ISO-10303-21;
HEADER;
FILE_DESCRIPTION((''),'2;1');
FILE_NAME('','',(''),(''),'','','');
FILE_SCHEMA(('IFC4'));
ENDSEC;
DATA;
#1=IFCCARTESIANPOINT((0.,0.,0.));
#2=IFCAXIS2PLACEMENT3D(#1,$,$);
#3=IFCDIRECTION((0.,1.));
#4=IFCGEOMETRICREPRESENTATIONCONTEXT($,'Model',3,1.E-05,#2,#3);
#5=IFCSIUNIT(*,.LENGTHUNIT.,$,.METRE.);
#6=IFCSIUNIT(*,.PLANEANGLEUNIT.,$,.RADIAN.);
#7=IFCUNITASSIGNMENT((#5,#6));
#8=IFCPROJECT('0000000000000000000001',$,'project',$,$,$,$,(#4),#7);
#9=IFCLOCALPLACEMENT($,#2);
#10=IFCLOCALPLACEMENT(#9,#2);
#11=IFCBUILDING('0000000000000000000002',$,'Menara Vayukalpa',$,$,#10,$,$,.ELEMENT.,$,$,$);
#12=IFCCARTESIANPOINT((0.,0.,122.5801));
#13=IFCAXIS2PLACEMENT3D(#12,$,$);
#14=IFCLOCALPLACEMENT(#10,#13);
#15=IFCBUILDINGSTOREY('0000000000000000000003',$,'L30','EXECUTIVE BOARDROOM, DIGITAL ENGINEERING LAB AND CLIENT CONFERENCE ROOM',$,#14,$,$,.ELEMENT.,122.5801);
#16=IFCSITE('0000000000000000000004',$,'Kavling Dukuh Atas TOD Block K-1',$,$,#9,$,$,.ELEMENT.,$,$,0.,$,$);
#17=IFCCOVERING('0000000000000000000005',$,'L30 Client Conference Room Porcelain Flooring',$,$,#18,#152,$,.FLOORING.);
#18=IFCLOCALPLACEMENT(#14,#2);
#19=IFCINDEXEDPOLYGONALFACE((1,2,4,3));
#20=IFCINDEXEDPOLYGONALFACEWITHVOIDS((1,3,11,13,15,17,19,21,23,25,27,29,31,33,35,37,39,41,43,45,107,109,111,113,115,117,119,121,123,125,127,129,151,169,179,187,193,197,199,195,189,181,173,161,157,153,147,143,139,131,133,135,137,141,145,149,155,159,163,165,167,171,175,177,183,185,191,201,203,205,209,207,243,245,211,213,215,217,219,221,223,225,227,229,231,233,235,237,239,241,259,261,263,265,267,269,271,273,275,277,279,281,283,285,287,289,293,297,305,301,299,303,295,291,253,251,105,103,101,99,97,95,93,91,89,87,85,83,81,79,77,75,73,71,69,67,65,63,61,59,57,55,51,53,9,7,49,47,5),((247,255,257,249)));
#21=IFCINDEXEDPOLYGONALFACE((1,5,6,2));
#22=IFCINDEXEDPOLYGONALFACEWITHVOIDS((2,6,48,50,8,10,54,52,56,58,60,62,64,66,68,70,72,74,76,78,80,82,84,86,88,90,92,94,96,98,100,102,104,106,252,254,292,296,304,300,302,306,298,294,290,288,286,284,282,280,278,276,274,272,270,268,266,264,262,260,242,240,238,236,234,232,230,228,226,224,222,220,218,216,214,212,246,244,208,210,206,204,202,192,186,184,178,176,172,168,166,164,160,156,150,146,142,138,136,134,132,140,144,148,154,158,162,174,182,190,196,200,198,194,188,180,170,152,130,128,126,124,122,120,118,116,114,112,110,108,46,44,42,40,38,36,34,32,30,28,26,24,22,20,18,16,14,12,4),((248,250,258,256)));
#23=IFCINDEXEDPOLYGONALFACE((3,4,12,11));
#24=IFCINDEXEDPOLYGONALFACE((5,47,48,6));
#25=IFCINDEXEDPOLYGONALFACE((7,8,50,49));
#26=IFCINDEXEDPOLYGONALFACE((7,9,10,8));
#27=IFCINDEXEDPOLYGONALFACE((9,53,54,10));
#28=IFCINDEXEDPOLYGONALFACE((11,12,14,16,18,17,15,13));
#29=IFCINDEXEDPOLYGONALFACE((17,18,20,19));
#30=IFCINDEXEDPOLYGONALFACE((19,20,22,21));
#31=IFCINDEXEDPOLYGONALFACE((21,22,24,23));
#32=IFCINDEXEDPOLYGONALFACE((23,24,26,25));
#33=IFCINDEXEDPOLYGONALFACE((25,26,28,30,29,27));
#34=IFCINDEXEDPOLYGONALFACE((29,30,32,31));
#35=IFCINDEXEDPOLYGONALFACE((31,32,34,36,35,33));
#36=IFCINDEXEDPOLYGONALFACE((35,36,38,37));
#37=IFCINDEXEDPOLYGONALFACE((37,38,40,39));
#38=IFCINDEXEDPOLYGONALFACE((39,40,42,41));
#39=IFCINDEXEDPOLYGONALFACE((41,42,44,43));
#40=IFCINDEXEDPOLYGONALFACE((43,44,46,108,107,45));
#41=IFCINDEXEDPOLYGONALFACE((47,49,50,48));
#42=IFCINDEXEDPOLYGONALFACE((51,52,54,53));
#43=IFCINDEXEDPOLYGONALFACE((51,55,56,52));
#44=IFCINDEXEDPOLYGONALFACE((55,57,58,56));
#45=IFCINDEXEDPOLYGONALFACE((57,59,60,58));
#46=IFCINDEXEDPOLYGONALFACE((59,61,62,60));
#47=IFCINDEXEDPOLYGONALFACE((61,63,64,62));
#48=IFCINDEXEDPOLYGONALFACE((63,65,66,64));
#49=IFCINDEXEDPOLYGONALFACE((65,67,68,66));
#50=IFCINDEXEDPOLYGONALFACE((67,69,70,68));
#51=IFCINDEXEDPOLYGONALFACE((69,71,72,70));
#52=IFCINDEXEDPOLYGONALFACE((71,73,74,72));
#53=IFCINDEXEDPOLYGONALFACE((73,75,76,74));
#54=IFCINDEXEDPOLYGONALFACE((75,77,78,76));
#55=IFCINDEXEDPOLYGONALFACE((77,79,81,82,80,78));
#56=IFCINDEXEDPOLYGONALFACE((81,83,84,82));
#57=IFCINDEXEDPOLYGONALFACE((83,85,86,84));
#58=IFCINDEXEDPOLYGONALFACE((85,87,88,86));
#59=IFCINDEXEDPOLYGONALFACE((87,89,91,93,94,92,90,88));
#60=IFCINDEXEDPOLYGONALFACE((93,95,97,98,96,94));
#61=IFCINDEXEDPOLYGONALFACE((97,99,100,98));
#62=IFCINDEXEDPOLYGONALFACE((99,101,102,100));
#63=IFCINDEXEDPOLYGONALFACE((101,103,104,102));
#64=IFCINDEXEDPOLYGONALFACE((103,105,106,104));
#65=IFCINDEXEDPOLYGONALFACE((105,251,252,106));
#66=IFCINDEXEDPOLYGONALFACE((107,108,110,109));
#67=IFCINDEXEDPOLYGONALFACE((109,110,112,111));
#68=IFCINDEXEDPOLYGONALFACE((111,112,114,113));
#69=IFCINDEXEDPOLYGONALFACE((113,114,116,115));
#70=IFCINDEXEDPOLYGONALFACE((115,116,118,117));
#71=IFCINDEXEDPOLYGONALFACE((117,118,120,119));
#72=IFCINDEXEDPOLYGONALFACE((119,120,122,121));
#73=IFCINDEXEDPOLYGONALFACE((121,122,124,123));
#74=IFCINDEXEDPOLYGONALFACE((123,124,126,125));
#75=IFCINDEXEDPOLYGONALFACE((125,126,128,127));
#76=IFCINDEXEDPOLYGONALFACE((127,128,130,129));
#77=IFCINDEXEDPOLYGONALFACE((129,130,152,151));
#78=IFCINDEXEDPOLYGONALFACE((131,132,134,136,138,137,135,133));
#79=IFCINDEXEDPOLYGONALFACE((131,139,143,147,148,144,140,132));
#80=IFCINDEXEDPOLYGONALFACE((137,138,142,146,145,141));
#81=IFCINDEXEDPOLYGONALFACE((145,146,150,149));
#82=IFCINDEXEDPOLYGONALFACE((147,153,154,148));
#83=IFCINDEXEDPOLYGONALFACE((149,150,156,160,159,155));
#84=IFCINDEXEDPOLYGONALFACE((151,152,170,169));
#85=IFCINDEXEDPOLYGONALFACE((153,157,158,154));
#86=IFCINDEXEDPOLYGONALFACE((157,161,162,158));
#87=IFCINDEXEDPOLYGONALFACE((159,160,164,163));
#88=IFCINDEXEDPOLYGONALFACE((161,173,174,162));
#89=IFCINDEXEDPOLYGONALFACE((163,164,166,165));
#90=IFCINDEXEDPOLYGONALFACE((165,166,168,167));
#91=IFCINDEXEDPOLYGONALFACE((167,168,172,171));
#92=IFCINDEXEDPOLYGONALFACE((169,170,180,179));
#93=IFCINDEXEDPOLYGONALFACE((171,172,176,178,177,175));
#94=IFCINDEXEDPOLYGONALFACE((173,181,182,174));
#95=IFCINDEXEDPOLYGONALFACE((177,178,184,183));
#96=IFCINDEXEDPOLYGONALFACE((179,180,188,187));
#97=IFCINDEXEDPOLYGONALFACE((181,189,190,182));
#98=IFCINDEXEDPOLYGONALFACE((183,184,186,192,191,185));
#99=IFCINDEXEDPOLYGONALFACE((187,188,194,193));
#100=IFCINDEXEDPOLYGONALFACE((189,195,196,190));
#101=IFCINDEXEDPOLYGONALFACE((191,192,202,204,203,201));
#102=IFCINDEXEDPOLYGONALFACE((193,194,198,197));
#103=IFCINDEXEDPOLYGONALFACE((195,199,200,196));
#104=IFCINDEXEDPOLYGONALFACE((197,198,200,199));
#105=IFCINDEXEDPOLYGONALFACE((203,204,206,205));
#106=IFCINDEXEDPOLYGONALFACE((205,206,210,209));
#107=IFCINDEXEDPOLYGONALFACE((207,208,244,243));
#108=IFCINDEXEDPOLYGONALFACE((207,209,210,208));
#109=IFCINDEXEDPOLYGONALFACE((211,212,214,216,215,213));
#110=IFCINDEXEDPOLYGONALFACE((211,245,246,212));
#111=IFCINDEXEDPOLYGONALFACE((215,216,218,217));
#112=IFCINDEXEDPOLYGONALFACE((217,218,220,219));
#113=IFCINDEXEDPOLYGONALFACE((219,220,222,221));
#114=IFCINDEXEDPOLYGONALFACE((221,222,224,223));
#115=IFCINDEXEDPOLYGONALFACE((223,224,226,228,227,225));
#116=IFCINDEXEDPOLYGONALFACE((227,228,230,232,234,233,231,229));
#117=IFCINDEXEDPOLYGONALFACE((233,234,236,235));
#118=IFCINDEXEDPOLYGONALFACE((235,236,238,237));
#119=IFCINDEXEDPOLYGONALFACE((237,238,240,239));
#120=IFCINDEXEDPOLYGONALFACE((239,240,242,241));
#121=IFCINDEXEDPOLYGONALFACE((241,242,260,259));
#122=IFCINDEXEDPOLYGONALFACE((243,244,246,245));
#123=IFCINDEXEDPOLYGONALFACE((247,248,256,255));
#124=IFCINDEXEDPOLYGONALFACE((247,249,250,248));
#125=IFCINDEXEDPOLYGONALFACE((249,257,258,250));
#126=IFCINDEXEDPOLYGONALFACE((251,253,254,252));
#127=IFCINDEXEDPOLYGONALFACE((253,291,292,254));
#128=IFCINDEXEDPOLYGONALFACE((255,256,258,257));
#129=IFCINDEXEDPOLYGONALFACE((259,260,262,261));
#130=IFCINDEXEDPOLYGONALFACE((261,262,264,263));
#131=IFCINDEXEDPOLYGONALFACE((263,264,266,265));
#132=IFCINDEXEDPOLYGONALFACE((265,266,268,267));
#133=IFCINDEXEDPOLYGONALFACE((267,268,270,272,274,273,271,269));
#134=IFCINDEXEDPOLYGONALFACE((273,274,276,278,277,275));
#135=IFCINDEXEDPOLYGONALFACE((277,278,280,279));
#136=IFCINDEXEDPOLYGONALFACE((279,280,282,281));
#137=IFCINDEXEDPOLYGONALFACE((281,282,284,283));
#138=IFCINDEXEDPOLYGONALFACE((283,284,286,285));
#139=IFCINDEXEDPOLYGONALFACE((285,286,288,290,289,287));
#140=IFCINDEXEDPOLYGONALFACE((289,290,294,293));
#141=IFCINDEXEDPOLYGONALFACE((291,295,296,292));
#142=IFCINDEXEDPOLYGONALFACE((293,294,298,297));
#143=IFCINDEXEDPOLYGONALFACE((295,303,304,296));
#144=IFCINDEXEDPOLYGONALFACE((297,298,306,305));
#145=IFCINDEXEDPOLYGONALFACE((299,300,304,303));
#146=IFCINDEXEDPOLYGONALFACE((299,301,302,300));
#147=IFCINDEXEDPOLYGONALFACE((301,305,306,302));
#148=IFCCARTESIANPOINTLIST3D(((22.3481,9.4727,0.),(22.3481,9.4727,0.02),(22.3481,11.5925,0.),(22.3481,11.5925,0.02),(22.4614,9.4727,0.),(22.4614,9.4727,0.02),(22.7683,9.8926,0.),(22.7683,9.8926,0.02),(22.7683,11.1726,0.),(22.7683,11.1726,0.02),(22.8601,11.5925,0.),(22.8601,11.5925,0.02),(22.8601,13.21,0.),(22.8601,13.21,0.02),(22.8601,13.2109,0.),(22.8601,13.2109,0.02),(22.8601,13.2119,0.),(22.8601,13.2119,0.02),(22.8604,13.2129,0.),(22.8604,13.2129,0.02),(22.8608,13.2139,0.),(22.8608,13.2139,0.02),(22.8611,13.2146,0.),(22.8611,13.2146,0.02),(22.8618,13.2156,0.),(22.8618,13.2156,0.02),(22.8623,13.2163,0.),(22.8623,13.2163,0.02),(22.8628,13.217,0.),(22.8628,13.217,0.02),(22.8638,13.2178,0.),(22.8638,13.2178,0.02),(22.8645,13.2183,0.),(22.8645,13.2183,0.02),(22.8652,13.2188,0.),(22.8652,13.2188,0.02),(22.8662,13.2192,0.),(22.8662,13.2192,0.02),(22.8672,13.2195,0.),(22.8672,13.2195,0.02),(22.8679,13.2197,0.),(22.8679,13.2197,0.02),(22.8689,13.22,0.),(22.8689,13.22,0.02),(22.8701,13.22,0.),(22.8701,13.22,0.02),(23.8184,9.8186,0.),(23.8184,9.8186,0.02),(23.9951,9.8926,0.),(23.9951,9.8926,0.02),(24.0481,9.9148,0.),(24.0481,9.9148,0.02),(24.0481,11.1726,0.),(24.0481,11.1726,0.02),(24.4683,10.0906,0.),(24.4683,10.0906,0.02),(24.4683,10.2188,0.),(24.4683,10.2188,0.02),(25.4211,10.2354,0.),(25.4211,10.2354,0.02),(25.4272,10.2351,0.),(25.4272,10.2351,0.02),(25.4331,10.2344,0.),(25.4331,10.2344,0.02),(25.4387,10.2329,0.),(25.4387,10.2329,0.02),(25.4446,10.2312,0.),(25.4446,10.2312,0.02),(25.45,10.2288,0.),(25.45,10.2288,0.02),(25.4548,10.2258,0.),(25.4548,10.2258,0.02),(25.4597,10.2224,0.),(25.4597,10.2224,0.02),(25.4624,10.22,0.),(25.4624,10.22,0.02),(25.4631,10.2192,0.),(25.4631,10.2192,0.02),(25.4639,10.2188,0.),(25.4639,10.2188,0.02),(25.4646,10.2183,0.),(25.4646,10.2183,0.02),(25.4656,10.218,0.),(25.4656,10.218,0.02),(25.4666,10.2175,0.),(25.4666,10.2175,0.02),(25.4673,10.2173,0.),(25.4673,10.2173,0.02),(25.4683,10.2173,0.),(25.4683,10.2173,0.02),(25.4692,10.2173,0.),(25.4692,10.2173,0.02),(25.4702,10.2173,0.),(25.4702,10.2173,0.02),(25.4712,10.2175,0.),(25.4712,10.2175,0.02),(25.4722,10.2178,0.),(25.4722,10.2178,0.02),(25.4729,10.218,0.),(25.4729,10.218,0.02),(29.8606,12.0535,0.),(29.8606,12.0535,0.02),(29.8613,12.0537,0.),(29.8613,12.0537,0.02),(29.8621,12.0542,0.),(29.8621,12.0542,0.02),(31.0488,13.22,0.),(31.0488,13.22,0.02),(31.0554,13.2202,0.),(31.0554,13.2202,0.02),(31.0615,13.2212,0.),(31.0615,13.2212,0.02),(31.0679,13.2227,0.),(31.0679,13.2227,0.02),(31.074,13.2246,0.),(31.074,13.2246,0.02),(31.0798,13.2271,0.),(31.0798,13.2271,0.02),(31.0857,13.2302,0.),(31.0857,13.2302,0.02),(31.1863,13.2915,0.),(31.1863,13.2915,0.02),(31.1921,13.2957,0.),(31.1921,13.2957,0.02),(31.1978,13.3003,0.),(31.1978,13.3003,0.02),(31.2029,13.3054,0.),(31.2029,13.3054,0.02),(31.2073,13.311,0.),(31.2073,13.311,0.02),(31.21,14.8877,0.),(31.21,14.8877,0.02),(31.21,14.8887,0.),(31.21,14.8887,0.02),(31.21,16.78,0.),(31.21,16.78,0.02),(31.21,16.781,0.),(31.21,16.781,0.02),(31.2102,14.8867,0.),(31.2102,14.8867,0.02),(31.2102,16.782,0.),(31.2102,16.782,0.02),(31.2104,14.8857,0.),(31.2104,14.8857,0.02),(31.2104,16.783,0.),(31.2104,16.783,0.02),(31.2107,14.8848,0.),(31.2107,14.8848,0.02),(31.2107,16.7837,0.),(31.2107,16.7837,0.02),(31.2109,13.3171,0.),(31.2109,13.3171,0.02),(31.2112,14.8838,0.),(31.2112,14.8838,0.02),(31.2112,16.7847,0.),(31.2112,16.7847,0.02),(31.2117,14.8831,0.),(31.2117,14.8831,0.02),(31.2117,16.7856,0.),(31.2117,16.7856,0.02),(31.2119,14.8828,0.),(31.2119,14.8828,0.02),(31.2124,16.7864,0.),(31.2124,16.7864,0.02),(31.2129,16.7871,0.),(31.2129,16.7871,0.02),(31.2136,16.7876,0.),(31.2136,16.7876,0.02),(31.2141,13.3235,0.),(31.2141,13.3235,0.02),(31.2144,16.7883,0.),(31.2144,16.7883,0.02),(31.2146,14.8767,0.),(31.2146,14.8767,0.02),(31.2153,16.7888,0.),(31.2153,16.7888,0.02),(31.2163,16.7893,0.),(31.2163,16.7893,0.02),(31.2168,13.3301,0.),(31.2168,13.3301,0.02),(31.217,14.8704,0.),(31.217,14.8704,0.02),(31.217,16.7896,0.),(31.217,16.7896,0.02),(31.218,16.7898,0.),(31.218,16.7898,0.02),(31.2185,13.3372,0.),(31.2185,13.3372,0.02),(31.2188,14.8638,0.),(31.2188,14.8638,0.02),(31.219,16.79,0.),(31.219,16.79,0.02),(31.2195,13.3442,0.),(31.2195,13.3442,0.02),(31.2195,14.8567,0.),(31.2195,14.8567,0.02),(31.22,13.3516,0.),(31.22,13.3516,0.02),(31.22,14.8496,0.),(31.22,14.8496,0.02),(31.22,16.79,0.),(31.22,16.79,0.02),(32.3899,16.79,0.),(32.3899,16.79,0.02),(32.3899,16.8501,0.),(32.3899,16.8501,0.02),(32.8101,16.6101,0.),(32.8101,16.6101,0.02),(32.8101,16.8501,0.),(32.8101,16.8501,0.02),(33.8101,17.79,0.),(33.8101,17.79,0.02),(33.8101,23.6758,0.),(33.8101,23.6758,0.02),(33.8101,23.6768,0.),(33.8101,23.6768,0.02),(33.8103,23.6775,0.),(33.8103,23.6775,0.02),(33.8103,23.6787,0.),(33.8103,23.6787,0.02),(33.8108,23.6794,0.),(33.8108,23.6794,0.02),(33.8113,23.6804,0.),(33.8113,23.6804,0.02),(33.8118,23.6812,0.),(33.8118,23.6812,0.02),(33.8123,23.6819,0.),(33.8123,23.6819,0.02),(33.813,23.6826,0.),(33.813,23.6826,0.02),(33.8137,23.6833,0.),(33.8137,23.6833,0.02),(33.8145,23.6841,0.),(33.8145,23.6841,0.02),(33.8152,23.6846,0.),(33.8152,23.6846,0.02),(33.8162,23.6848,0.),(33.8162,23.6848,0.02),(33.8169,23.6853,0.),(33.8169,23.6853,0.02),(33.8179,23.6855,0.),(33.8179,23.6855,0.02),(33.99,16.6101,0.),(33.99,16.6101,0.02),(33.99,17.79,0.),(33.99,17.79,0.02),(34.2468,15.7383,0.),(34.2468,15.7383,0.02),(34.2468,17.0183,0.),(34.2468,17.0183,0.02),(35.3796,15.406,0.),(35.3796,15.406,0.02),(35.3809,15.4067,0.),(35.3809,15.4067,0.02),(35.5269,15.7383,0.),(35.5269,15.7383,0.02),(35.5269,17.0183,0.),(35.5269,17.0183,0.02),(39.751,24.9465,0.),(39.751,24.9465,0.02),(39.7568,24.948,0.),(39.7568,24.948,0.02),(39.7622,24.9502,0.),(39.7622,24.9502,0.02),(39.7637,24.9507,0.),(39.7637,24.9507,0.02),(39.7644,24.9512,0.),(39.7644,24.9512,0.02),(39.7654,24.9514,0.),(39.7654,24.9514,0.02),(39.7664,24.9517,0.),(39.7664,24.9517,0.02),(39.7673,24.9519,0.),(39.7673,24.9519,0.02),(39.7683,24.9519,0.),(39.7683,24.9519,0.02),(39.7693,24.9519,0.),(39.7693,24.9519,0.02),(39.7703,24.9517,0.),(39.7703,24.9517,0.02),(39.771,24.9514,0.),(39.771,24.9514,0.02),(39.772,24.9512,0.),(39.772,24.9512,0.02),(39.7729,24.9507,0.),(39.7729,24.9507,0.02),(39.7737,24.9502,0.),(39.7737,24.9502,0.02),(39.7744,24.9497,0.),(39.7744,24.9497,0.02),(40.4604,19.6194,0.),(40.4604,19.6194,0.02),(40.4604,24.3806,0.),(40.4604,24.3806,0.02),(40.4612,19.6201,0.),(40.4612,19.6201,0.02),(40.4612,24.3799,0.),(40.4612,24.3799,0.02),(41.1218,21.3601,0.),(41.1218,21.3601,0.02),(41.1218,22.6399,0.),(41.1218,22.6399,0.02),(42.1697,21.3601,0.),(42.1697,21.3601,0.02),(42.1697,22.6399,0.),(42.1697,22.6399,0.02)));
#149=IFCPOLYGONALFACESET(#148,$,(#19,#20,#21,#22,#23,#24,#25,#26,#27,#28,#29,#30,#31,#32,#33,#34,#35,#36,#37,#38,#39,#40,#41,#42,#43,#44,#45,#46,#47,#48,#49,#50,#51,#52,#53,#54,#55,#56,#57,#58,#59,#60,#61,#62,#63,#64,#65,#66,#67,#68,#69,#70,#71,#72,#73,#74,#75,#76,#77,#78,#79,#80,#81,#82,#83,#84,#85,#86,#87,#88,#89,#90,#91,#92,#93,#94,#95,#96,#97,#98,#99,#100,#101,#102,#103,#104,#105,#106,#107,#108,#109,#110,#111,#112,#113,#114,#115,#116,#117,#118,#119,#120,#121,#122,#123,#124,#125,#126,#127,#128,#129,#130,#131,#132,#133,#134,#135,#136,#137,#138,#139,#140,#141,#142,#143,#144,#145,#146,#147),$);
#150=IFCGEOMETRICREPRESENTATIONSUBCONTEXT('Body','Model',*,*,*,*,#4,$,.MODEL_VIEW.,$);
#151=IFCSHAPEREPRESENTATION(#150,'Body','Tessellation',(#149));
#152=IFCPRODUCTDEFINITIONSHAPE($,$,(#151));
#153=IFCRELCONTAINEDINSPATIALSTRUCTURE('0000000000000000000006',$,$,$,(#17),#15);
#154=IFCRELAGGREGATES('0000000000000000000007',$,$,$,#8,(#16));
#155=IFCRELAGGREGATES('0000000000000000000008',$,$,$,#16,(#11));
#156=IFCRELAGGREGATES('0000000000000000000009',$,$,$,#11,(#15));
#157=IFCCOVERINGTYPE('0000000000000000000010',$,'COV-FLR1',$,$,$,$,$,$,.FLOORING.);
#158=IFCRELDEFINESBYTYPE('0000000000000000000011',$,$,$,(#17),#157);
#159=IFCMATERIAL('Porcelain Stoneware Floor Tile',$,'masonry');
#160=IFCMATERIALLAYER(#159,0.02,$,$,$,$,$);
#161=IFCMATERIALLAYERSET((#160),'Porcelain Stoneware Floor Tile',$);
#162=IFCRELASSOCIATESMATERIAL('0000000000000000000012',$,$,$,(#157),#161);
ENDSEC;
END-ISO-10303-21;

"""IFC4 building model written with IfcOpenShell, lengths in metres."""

from ifc_helpers import new_model, si_unit, direction, frame, origin, place, context, subcontext, project, spatial, polyline, outline, extrude, material, layer, layer_set, type_object, element, save


model = new_model("IFC4")

# Units and contexts
model_context = context("Model", 3, precision=1e-05, world=origin(), true_north=direction((0.0, 1.0)))
body_context = subcontext(model_context, "Body", "Model", "MODEL_VIEW")
ifc_project = project(units=[si_unit("LENGTHUNIT", "METRE"), si_unit("PLANEANGLEUNIT", "RADIAN")], contexts=[model_context])

# Site, building, storey
site_placement = place(None, origin())
site = spatial("IfcSite", under=ifc_project, at=site_placement, Name="Kavling Dukuh Atas TOD Block K-1", CompositionType="ELEMENT", RefElevation=0.0)
building_placement = place(site_placement, origin())
building = spatial("IfcBuilding", under=site, at=building_placement, Name="Menara Vayukalpa", CompositionType="ELEMENT")
storey_placement = place(building_placement, frame((0.0, 0.0, 122.5801)))
storey = spatial("IfcBuildingStorey", under=building, at=storey_placement, Name="L30", Description="EXECUTIVE BOARDROOM, DIGITAL ENGINEERING LAB AND CLIENT CONFERENCE ROOM", CompositionType="ELEMENT", Elevation=122.5801)

# Covering
ifc_material_1 = material(Name="Porcelain Stoneware Floor Tile", Category="masonry")
ifc_layer_1 = layer(ifc_material_1, 0.02)
ifc_layer_set_1 = layer_set([ifc_layer_1], Name="Porcelain Stoneware Floor Tile")
covering_type_1 = type_object("IfcCoveringType", Name="COV-FLR1", PredefinedType="FLOORING", material=ifc_layer_set_1)
covering_1_placement = place(storey_placement, origin())
element("IfcCovering", 1, at=covering_1_placement, inside=storey, type_object=covering_type_1, Name="L30 Client Conference Room Porcelain Flooring", PredefinedType="FLOORING", context=body_context, shape_type="SweptSolid", body=[
    extrude(outline(polyline([(22.8601, 13.21), (22.8601, 13.2109), (22.8601, 13.2119), (22.8604, 13.2129), (22.8608, 13.2139), (22.8611, 13.2146), (22.8618, 13.2156), (22.8623, 13.2163), (22.8628, 13.217), (22.8638, 13.2178), (22.8645, 13.2183), (22.8652, 13.2188), (22.8662, 13.2192), (22.8672, 13.2195), (22.8679, 13.2197), (22.8689, 13.22), (22.8701, 13.22), (31.0488, 13.22), (31.0554, 13.2202), (31.0615, 13.2212), (31.0679, 13.2227), (31.074, 13.2246), (31.0798, 13.2271), (31.0857, 13.2302), (31.1863, 13.2915), (31.1921, 13.2957), (31.1978, 13.3003), (31.2029, 13.3054), (31.2073, 13.311), (31.2109, 13.3171), (31.2141, 13.3235), (31.2168, 13.3301), (31.2185, 13.3372), (31.2195, 13.3442), (31.22, 13.3516), (31.22, 14.8496), (31.2195, 14.8567), (31.2188, 14.8638), (31.217, 14.8704), (31.2146, 14.8767), (31.2119, 14.8828), (31.2117, 14.8831), (31.2112, 14.8838), (31.2107, 14.8848), (31.2104, 14.8857), (31.2102, 14.8867), (31.21, 14.8877), (31.21, 14.8887), (31.21, 16.78), (31.21, 16.781), (31.2102, 16.782), (31.2104, 16.783), (31.2107, 16.7837), (31.2112, 16.7847), (31.2117, 16.7856), (31.2124, 16.7864), (31.2129, 16.7871), (31.2136, 16.7876), (31.2144, 16.7883), (31.2153, 16.7888), (31.2163, 16.7893), (31.217, 16.7896), (31.218, 16.7898), (31.219, 16.79), (31.22, 16.79), (32.3899, 16.79), (32.3899, 16.8501), (32.8101, 16.8501), (32.8101, 16.6101), (33.99, 16.6101), (33.99, 17.79), (33.8101, 17.79), (33.8101, 23.6758), (33.8101, 23.6768), (33.8103, 23.6775), (33.8103, 23.6787), (33.8108, 23.6794), (33.8113, 23.6804), (33.8118, 23.6812), (33.8123, 23.6819), (33.813, 23.6826), (33.8137, 23.6833), (33.8145, 23.6841), (33.8152, 23.6846), (33.8162, 23.6848), (33.8169, 23.6853), (33.8179, 23.6855), (39.751, 24.9465), (39.7568, 24.948), (39.7622, 24.9502), (39.7637, 24.9507), (39.7644, 24.9512), (39.7654, 24.9514), (39.7664, 24.9517), (39.7673, 24.9519), (39.7683, 24.9519), (39.7693, 24.9519), (39.7703, 24.9517), (39.771, 24.9514), (39.772, 24.9512), (39.7729, 24.9507), (39.7737, 24.9502), (39.7744, 24.9497), (40.4604, 24.3806), (40.4612, 24.3799), (42.1697, 22.6399), (41.1218, 22.6399), (41.1218, 21.3601), (42.1697, 21.3601), (40.4612, 19.6201), (40.4604, 19.6194), (35.3809, 15.4067), (35.3796, 15.406), (29.8621, 12.0542), (29.8613, 12.0537), (29.8606, 12.0535), (25.4729, 10.218), (25.4722, 10.2178), (25.4712, 10.2175), (25.4702, 10.2173), (25.4692, 10.2173), (25.4683, 10.2173), (25.4673, 10.2173), (25.4666, 10.2175), (25.4656, 10.218), (25.4646, 10.2183), (25.4639, 10.2188), (25.4631, 10.2192), (25.4624, 10.22), (25.4597, 10.2224), (25.4548, 10.2258), (25.45, 10.2288), (25.4446, 10.2312), (25.4387, 10.2329), (25.4331, 10.2344), (25.4272, 10.2351), (25.4211, 10.2354), (24.4683, 10.2188), (24.4683, 10.0906), (24.0481, 9.9148), (24.0481, 11.1726), (22.7683, 11.1726), (22.7683, 9.8926), (23.9951, 9.8926), (23.8184, 9.8186), (22.4614, 9.4727), (22.3481, 9.4727), (22.3481, 11.5925), (22.8601, 11.5925), (22.8601, 13.21)]), holes=[polyline([(35.5269, 17.0183), (34.2468, 17.0183), (34.2468, 15.7383), (35.5269, 15.7383), (35.5269, 17.0183)])]), origin(), (0.0, 0.0, 1.0), 0.02),
])

save(model, "model.ifc")
